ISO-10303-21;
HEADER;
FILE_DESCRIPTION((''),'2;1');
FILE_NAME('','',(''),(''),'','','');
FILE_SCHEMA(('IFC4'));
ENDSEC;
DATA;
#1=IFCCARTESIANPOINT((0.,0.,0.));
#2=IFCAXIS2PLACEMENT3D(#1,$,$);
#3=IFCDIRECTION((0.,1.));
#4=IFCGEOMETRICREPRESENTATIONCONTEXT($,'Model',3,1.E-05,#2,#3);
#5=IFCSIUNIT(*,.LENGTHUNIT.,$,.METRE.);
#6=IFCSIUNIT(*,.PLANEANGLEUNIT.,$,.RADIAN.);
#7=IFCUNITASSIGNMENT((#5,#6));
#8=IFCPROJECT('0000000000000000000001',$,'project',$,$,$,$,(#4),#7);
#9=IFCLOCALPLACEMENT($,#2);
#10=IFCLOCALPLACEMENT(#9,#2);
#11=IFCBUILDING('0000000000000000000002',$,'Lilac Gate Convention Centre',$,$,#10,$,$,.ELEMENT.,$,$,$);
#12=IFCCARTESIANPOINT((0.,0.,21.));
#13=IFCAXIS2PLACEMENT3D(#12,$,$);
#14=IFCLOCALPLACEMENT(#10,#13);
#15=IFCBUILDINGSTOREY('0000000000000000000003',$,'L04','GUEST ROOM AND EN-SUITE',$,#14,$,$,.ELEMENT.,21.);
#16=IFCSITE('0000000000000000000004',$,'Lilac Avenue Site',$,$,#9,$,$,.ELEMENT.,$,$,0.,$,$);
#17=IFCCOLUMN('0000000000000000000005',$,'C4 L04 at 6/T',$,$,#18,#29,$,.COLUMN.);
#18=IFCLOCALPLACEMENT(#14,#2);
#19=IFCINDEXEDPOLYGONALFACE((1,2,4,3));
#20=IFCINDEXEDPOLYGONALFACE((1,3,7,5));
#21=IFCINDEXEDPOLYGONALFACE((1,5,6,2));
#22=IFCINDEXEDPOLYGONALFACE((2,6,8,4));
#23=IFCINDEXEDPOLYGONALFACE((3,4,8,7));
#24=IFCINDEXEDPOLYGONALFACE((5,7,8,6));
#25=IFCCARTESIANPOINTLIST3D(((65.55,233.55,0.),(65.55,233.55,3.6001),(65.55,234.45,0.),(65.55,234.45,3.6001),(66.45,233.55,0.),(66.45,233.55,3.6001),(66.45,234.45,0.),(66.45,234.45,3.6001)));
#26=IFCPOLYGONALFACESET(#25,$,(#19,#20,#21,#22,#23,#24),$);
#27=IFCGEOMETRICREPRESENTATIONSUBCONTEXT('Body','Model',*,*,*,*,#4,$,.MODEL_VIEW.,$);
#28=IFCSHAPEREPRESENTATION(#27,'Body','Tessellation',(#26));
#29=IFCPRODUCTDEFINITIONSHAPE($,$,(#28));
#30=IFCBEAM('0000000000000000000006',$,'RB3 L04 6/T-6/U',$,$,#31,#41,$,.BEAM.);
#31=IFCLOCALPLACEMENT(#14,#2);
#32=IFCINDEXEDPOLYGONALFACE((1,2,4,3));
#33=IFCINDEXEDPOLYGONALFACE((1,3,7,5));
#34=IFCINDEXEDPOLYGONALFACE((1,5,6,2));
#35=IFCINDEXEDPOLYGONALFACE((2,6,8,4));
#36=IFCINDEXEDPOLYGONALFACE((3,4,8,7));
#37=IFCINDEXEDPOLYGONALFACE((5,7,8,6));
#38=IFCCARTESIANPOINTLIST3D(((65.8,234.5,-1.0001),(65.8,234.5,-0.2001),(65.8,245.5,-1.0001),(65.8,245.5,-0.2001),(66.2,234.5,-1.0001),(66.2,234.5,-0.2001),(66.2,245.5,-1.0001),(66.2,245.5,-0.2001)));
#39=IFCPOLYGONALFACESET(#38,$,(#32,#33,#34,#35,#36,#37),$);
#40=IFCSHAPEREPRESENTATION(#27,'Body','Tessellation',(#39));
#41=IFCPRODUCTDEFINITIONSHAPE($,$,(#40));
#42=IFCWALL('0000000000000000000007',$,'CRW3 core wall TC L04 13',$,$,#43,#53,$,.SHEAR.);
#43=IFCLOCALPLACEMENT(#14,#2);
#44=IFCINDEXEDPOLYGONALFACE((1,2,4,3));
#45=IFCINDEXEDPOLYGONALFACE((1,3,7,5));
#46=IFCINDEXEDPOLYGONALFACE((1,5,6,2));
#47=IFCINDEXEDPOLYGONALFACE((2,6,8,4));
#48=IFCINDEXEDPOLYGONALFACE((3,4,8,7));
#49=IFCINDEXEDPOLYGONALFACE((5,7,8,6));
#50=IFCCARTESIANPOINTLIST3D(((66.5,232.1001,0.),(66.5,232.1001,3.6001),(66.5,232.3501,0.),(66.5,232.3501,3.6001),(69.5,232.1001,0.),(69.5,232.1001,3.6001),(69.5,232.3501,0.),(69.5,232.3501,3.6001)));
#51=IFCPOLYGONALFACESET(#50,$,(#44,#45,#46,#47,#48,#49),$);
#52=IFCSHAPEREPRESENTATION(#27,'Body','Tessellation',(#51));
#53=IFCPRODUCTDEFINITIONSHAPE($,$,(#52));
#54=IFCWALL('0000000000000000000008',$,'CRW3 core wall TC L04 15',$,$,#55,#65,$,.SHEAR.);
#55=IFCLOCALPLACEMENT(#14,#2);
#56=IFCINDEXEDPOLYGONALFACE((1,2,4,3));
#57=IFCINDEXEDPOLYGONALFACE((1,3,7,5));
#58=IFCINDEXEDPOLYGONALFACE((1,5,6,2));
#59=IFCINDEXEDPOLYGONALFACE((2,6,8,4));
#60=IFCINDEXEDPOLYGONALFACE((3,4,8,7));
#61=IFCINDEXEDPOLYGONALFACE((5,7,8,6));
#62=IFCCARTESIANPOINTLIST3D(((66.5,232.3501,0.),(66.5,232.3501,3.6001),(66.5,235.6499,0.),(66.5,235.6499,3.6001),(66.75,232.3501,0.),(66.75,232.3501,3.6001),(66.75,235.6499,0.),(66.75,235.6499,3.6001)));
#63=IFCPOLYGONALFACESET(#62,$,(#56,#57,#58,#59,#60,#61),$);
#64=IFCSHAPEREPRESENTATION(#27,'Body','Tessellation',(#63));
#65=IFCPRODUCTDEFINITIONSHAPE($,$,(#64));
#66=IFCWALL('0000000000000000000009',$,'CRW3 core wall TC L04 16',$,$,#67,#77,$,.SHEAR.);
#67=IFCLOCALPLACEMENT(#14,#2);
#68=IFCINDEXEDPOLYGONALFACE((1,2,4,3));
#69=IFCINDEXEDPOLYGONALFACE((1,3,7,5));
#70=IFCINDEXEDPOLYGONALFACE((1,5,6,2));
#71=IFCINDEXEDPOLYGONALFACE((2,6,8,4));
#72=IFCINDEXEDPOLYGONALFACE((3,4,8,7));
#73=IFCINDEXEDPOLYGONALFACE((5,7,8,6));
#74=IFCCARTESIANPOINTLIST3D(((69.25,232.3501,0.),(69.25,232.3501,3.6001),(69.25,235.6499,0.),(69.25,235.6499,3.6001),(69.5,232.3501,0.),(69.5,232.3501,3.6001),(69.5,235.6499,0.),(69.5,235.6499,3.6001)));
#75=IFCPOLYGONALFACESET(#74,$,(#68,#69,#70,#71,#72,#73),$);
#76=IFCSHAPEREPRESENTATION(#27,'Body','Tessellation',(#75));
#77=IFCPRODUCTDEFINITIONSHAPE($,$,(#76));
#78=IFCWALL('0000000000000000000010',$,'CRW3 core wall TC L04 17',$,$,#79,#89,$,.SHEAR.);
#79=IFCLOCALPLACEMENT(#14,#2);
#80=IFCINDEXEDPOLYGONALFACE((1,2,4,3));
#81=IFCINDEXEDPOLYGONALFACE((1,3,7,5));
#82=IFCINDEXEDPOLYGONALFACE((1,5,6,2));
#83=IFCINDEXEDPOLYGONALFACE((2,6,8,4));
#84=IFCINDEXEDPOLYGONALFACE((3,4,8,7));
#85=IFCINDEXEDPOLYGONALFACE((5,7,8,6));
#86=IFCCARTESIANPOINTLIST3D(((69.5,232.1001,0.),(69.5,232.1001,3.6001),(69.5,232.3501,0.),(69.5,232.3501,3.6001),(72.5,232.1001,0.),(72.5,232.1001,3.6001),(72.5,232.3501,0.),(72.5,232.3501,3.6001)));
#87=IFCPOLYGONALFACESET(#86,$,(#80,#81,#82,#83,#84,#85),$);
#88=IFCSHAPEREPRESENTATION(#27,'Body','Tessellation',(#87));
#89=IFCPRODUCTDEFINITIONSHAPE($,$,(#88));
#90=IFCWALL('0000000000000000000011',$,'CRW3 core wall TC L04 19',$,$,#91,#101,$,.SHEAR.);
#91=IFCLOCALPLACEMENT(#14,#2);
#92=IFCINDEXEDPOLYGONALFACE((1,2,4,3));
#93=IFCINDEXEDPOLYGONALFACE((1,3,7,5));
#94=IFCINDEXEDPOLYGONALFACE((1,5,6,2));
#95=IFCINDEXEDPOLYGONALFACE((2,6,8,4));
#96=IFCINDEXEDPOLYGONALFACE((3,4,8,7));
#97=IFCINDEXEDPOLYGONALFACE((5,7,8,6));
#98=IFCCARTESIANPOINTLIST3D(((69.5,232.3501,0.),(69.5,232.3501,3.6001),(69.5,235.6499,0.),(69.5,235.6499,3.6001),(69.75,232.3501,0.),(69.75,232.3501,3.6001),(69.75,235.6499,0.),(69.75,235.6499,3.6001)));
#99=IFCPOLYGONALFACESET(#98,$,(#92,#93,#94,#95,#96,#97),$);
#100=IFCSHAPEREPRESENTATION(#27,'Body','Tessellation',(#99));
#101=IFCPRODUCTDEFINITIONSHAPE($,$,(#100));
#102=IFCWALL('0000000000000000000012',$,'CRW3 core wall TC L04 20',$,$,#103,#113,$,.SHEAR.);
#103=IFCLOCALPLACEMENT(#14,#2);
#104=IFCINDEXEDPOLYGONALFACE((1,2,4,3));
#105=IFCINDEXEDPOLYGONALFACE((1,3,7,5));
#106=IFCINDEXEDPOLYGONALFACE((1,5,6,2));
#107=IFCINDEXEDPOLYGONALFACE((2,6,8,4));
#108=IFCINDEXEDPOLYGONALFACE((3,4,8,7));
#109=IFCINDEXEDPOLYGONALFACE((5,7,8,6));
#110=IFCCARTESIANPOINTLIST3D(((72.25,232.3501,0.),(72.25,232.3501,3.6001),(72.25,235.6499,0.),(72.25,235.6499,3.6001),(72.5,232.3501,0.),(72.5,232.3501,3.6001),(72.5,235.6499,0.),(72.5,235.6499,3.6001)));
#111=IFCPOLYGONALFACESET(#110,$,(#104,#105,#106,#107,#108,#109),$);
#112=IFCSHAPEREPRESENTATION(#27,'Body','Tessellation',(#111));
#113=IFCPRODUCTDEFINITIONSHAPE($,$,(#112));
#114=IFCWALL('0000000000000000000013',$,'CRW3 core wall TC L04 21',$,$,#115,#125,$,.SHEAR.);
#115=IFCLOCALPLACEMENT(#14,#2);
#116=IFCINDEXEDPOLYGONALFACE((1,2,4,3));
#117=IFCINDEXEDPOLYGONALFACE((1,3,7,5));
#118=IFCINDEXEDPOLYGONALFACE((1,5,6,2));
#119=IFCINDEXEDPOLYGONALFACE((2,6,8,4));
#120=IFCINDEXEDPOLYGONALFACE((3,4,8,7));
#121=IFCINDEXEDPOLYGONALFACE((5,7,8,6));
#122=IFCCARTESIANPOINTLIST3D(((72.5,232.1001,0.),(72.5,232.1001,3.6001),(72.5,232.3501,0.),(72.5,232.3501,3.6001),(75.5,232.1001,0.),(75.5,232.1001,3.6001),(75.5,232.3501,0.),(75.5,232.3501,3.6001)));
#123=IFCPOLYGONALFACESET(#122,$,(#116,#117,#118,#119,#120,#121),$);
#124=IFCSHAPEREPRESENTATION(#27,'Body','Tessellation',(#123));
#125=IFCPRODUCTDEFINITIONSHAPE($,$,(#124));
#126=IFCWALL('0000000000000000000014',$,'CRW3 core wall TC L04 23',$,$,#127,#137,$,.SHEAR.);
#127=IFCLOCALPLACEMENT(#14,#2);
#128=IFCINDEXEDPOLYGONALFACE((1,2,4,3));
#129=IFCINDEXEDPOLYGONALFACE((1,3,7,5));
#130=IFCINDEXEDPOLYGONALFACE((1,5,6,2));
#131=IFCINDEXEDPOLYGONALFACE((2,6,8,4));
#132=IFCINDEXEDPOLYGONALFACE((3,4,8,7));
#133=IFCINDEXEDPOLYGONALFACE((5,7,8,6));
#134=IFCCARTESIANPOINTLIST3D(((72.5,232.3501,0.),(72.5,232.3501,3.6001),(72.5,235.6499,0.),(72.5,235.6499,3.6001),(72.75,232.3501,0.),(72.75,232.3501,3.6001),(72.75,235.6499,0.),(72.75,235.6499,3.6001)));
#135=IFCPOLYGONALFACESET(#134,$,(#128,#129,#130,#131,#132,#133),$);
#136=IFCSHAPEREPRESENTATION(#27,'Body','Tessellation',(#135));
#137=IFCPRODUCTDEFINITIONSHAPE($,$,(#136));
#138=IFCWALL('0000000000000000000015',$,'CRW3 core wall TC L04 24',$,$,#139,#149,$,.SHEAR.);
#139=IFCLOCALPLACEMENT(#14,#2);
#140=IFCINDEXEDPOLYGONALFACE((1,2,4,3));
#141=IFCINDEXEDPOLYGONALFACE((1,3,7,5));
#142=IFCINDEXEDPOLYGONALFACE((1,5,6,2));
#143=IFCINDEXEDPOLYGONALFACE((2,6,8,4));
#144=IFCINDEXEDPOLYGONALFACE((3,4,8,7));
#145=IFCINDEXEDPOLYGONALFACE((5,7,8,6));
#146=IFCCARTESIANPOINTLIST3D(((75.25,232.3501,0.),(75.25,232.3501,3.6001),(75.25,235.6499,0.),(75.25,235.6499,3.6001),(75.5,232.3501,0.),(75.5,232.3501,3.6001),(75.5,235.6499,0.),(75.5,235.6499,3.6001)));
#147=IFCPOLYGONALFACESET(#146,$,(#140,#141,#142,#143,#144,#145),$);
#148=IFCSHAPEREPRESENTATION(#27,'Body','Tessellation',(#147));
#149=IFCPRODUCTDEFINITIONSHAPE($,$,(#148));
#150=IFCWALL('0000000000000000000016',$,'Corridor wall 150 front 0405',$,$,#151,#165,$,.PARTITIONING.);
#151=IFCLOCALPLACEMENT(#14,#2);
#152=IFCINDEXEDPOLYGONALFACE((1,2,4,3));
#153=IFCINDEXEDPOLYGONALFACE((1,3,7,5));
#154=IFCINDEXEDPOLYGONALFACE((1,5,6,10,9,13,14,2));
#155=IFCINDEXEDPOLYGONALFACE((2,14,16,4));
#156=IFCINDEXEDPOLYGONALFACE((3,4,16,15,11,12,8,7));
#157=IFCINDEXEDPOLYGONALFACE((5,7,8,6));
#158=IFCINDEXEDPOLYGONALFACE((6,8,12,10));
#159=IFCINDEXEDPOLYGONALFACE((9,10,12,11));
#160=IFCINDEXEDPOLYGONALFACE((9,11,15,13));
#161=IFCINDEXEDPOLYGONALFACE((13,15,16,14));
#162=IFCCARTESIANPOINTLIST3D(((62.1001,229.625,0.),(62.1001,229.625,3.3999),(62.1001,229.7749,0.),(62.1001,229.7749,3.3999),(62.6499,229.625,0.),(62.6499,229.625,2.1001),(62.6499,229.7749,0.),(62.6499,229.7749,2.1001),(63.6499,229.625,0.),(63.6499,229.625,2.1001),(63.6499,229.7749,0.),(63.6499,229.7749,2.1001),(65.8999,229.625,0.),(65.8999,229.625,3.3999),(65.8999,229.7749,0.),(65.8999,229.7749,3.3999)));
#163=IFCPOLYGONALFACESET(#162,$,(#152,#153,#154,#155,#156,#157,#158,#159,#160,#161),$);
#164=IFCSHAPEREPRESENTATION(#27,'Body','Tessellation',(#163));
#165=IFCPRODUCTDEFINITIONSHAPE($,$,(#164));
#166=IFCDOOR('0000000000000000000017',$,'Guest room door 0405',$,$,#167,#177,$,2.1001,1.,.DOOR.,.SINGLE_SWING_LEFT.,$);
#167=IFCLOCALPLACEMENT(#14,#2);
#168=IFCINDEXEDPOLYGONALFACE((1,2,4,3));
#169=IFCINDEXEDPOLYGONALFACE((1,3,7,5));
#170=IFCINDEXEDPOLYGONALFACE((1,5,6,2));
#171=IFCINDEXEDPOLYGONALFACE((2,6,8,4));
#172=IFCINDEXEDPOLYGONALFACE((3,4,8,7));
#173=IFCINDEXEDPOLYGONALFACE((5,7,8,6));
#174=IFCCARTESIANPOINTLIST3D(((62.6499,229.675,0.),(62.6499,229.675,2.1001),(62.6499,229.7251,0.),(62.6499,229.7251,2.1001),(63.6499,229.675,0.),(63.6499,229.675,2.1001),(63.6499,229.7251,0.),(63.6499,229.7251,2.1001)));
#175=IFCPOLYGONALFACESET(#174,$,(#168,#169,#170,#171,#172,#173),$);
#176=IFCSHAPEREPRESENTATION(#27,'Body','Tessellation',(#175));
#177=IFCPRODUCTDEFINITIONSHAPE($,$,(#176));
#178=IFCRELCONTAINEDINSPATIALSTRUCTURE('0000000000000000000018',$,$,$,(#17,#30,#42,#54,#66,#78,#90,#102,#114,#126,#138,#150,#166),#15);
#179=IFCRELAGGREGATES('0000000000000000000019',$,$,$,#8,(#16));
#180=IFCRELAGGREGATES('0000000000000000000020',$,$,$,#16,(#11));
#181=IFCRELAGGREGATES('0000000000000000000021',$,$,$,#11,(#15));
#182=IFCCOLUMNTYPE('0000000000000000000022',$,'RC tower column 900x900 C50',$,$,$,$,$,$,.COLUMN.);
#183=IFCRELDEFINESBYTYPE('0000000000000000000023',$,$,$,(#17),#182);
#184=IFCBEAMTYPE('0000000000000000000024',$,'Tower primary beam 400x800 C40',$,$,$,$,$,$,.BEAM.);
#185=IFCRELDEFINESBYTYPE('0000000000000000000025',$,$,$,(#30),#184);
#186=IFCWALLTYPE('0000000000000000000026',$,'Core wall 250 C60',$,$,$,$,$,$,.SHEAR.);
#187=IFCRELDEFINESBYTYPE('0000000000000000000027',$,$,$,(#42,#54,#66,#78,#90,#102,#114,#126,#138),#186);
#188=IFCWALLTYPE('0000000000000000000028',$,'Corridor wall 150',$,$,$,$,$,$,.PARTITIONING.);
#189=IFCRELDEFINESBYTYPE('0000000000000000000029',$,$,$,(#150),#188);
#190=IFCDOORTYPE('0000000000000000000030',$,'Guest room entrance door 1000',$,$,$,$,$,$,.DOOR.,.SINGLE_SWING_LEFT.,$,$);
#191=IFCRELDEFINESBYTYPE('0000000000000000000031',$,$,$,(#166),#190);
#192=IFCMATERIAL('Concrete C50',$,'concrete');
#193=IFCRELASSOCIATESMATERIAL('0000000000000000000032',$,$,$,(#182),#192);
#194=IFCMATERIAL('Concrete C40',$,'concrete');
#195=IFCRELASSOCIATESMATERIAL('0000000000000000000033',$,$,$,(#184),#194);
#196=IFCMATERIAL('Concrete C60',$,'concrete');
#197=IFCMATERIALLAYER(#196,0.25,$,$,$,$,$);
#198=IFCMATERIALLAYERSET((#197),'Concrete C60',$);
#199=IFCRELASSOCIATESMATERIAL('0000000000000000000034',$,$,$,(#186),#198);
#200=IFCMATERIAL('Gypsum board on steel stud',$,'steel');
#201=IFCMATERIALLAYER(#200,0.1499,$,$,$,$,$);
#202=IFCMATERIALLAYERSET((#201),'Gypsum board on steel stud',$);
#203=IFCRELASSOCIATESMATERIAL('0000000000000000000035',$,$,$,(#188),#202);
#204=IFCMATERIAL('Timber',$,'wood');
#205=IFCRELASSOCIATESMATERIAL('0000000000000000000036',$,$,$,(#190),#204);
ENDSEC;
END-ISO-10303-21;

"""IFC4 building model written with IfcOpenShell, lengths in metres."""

from ifc_helpers import new_model, si_unit, direction, frame, frame_2d, origin, origin_2d, place, context, subcontext, project, spatial, rectangle, extrude, material, layer, layer_set, material_profile, profile_set, type_object, element, fill, save


model = new_model("IFC4")

# Units and contexts
model_context = context("Model", 3, precision=1e-05, world=origin(), true_north=direction((0.0, 1.0)))
body_context = subcontext(model_context, "Body", "Model", "MODEL_VIEW")
ifc_project = project(units=[si_unit("LENGTHUNIT", "METRE"), si_unit("PLANEANGLEUNIT", "RADIAN")], contexts=[model_context])

# Site, building, storey
site_placement = place(None, origin())
site = spatial("IfcSite", under=ifc_project, at=site_placement, Name="Lilac Avenue Site", CompositionType="ELEMENT", RefElevation=0.0)
building_placement = place(site_placement, origin())
building = spatial("IfcBuilding", under=site, at=building_placement, Name="Lilac Gate Convention Centre", CompositionType="ELEMENT")
storey_placement = place(building_placement, frame((0.0, 0.0, 21.0)))
storey = spatial("IfcBuildingStorey", under=building, at=storey_placement, Name="L04", Description="GUEST ROOM AND EN-SUITE", CompositionType="ELEMENT", Elevation=21.0)

# Column
ifc_material_1 = material(Name="Concrete C50", Category="concrete")
ifc_material_profile_1 = material_profile(ifc_material_1, rectangle(XDim=0.8999, YDim=0.8999, at=origin_2d()), Name="RC 900x900")
ifc_profile_set_1 = profile_set([ifc_material_profile_1], Name="Concrete C50")
column_type = type_object("IfcColumnType", Name="RC tower column 900x900 C50", PredefinedType="COLUMN", material=ifc_profile_set_1)
column_placement = place(storey_placement, frame((66.0, 234.0, 0.0), z_axis=(0.0, 0.0, 1.0), x_axis=(1.0, 0.0, 0.0)))
element("IfcColumn", 1, at=column_placement, inside=storey, type_object=column_type, Name="C4 L04 at 6/T", PredefinedType="COLUMN", context=body_context, shape_type="SweptSolid", body=[
    extrude(rectangle(XDim=0.8999, YDim=0.8999, at=origin_2d()), origin(), (0.0, 0.0, 1.0), 3.6001),
])

# Beam
ifc_material_2 = material(Name="Concrete C40", Category="concrete")
ifc_material_profile_2 = material_profile(ifc_material_2, rectangle(XDim=0.3999, YDim=0.8, at=origin_2d()), Name="RC 400x800")
ifc_profile_set_2 = profile_set([ifc_material_profile_2], Name="Concrete C40")
beam_type = type_object("IfcBeamType", Name="Tower primary beam 400x800 C40", PredefinedType="BEAM", material=ifc_profile_set_2)
beam_placement = place(storey_placement, frame((66.0, 234.5, -0.6001), z_axis=(0.0, 1.0, 0.0), x_axis=(-1.0, 0.0, 0.0)))
element("IfcBeam", 2, at=beam_placement, inside=storey, type_object=beam_type, Name="RB3 L04 6/T-6/U", PredefinedType="BEAM", context=body_context, shape_type="SweptSolid", body=[
    extrude(rectangle(XDim=0.3999, YDim=0.8, at=origin_2d()), origin(), (0.0, 0.0, 1.0), 11.0),
])

# Walls
ifc_material_3 = material(Name="Concrete C60", Category="concrete")
ifc_layer_1 = layer(ifc_material_3, 0.25)
ifc_layer_set_1 = layer_set([ifc_layer_1], Name="Concrete C60")
wall_type_1 = type_object("IfcWallType", Name="Core wall 250 C60", PredefinedType="SHEAR", material=ifc_layer_set_1)
wall_1_placement = place(storey_placement, frame((66.5, 232.2251, 0.0), z_axis=(0.0, 0.0, 1.0), x_axis=(1.0, 0.0, 0.0)))
element("IfcWall", 3, at=wall_1_placement, inside=storey, type_object=wall_type_1, Name="CRW3 core wall TC L04 13", PredefinedType="SHEAR", context=body_context, shape_type="SweptSolid", body=[
    extrude(rectangle(XDim=3.0, YDim=0.25, at=frame_2d((1.5, 0.0))), origin(), (0.0, 0.0, 1.0), 3.6001),
])
for number, where, z_axis, x_axis, name in (
    (4, (66.625, 232.3501, 0.0), (0.0, 0.0, 1.0), (0.0, 1.0, 0.0), "CRW3 core wall TC L04 15"),
    (5, (69.375, 232.3501, 0.0), (0.0, 0.0, 1.0), (0.0, 1.0, 0.0), "CRW3 core wall TC L04 16"),
):
    element("IfcWall", number, at=place(storey_placement, frame(where, z_axis=z_axis, x_axis=x_axis)), inside=storey, type_object=wall_type_1, Name=name, PredefinedType="SHEAR", context=body_context, shape_type="SweptSolid", body=[
        extrude(rectangle(XDim=3.2998, YDim=0.25, at=frame_2d((1.6499, 0.0))), origin(), (0.0, 0.0, 1.0), 3.6001),
    ])
wall_2_placement = place(storey_placement, frame((69.5, 232.2251, 0.0), z_axis=(0.0, 0.0, 1.0), x_axis=(1.0, 0.0, 0.0)))
element("IfcWall", 6, at=wall_2_placement, inside=storey, type_object=wall_type_1, Name="CRW3 core wall TC L04 17", PredefinedType="SHEAR", context=body_context, shape_type="SweptSolid", body=[
    extrude(rectangle(XDim=3.0, YDim=0.25, at=frame_2d((1.5, 0.0))), origin(), (0.0, 0.0, 1.0), 3.6001),
])
for number, where, z_axis, x_axis, name in (
    (7, (69.625, 232.3501, 0.0), (0.0, 0.0, 1.0), (0.0, 1.0, 0.0), "CRW3 core wall TC L04 19"),
    (8, (72.375, 232.3501, 0.0), (0.0, 0.0, 1.0), (0.0, 1.0, 0.0), "CRW3 core wall TC L04 20"),
):
    element("IfcWall", number, at=place(storey_placement, frame(where, z_axis=z_axis, x_axis=x_axis)), inside=storey, type_object=wall_type_1, Name=name, PredefinedType="SHEAR", context=body_context, shape_type="SweptSolid", body=[
        extrude(rectangle(XDim=3.2998, YDim=0.25, at=frame_2d((1.6499, 0.0))), origin(), (0.0, 0.0, 1.0), 3.6001),
    ])
wall_3_placement = place(storey_placement, frame((72.5, 232.2251, 0.0), z_axis=(0.0, 0.0, 1.0), x_axis=(1.0, 0.0, 0.0)))
element("IfcWall", 9, at=wall_3_placement, inside=storey, type_object=wall_type_1, Name="CRW3 core wall TC L04 21", PredefinedType="SHEAR", context=body_context, shape_type="SweptSolid", body=[
    extrude(rectangle(XDim=3.0, YDim=0.25, at=frame_2d((1.5, 0.0))), origin(), (0.0, 0.0, 1.0), 3.6001),
])
for number, where, z_axis, x_axis, name in (
    (10, (72.625, 232.3501, 0.0), (0.0, 0.0, 1.0), (0.0, 1.0, 0.0), "CRW3 core wall TC L04 23"),
    (11, (75.375, 232.3501, 0.0), (0.0, 0.0, 1.0), (0.0, 1.0, 0.0), "CRW3 core wall TC L04 24"),
):
    element("IfcWall", number, at=place(storey_placement, frame(where, z_axis=z_axis, x_axis=x_axis)), inside=storey, type_object=wall_type_1, Name=name, PredefinedType="SHEAR", context=body_context, shape_type="SweptSolid", body=[
        extrude(rectangle(XDim=3.2998, YDim=0.25, at=frame_2d((1.6499, 0.0))), origin(), (0.0, 0.0, 1.0), 3.6001),
    ])

# Wall, opening, door
ifc_material_4 = material(Name="Gypsum board on steel stud", Category="steel")
ifc_layer_2 = layer(ifc_material_4, 0.1499)
ifc_layer_set_2 = layer_set([ifc_layer_2], Name="Gypsum board on steel stud")
wall_type_2 = type_object("IfcWallType", Name="Corridor wall 150", PredefinedType="PARTITIONING", material=ifc_layer_set_2)
wall_4_placement = place(storey_placement, frame((65.8999, 229.7, 0.0), z_axis=(0.0, 0.0, 1.0), x_axis=(-1.0, 0.0, 0.0)))
wall_4 = element("IfcWall", 12, at=wall_4_placement, inside=storey, type_object=wall_type_2, Name="Corridor wall 150 front 0405", PredefinedType="PARTITIONING", context=body_context, shape_type="SweptSolid", body=[
    extrude(rectangle(XDim=3.7998, YDim=0.1499, at=frame_2d((1.8999, 0.0))), origin(), (0.0, 0.0, 1.0), 3.3999),
])
opening_1_placement = place(wall_4_placement, frame((2.25, 0.0, 0.0)))
opening_1 = element("IfcOpeningElement", 13, at=opening_1_placement, cuts=wall_4, PredefinedType="OPENING", context=body_context, shape_type="SweptSolid", body=[
    extrude(rectangle(XDim=1.0, YDim=2.1001, at=frame_2d((0.5, 1.05))), frame((0.0, 0.085, 0.0), z_axis=(0.0, -1.0, 0.0), x_axis=(1.0, 0.0, 0.0)), (0.0, 0.0, 1.0), 0.1699),
])
ifc_material_5 = material(Name="Timber", Category="wood")
door_type_1 = type_object("IfcDoorType", Name="Guest room entrance door 1000", OperationType="SINGLE_SWING_LEFT", PredefinedType="DOOR", material=ifc_material_5)
door_1_placement = place(opening_1_placement, origin())
door_1 = element("IfcDoor", 14, at=door_1_placement, inside=storey, type_object=door_type_1, Name="Guest room door 0405", OperationType="SINGLE_SWING_LEFT", OverallHeight=2.1001, OverallWidth=1.0, PredefinedType="DOOR", context=body_context, shape_type="SweptSolid", body=[
    extrude(rectangle(XDim=1.0, YDim=2.1001, at=frame_2d((0.5, 1.05))), frame((0.0, 0.0249, 0.0), z_axis=(0.0, -1.0, 0.0), x_axis=(1.0, 0.0, 0.0)), (0.0, 0.0, 1.0), 0.05),
])
fill(opening_1, door_1)

save(model, "model.ifc")
